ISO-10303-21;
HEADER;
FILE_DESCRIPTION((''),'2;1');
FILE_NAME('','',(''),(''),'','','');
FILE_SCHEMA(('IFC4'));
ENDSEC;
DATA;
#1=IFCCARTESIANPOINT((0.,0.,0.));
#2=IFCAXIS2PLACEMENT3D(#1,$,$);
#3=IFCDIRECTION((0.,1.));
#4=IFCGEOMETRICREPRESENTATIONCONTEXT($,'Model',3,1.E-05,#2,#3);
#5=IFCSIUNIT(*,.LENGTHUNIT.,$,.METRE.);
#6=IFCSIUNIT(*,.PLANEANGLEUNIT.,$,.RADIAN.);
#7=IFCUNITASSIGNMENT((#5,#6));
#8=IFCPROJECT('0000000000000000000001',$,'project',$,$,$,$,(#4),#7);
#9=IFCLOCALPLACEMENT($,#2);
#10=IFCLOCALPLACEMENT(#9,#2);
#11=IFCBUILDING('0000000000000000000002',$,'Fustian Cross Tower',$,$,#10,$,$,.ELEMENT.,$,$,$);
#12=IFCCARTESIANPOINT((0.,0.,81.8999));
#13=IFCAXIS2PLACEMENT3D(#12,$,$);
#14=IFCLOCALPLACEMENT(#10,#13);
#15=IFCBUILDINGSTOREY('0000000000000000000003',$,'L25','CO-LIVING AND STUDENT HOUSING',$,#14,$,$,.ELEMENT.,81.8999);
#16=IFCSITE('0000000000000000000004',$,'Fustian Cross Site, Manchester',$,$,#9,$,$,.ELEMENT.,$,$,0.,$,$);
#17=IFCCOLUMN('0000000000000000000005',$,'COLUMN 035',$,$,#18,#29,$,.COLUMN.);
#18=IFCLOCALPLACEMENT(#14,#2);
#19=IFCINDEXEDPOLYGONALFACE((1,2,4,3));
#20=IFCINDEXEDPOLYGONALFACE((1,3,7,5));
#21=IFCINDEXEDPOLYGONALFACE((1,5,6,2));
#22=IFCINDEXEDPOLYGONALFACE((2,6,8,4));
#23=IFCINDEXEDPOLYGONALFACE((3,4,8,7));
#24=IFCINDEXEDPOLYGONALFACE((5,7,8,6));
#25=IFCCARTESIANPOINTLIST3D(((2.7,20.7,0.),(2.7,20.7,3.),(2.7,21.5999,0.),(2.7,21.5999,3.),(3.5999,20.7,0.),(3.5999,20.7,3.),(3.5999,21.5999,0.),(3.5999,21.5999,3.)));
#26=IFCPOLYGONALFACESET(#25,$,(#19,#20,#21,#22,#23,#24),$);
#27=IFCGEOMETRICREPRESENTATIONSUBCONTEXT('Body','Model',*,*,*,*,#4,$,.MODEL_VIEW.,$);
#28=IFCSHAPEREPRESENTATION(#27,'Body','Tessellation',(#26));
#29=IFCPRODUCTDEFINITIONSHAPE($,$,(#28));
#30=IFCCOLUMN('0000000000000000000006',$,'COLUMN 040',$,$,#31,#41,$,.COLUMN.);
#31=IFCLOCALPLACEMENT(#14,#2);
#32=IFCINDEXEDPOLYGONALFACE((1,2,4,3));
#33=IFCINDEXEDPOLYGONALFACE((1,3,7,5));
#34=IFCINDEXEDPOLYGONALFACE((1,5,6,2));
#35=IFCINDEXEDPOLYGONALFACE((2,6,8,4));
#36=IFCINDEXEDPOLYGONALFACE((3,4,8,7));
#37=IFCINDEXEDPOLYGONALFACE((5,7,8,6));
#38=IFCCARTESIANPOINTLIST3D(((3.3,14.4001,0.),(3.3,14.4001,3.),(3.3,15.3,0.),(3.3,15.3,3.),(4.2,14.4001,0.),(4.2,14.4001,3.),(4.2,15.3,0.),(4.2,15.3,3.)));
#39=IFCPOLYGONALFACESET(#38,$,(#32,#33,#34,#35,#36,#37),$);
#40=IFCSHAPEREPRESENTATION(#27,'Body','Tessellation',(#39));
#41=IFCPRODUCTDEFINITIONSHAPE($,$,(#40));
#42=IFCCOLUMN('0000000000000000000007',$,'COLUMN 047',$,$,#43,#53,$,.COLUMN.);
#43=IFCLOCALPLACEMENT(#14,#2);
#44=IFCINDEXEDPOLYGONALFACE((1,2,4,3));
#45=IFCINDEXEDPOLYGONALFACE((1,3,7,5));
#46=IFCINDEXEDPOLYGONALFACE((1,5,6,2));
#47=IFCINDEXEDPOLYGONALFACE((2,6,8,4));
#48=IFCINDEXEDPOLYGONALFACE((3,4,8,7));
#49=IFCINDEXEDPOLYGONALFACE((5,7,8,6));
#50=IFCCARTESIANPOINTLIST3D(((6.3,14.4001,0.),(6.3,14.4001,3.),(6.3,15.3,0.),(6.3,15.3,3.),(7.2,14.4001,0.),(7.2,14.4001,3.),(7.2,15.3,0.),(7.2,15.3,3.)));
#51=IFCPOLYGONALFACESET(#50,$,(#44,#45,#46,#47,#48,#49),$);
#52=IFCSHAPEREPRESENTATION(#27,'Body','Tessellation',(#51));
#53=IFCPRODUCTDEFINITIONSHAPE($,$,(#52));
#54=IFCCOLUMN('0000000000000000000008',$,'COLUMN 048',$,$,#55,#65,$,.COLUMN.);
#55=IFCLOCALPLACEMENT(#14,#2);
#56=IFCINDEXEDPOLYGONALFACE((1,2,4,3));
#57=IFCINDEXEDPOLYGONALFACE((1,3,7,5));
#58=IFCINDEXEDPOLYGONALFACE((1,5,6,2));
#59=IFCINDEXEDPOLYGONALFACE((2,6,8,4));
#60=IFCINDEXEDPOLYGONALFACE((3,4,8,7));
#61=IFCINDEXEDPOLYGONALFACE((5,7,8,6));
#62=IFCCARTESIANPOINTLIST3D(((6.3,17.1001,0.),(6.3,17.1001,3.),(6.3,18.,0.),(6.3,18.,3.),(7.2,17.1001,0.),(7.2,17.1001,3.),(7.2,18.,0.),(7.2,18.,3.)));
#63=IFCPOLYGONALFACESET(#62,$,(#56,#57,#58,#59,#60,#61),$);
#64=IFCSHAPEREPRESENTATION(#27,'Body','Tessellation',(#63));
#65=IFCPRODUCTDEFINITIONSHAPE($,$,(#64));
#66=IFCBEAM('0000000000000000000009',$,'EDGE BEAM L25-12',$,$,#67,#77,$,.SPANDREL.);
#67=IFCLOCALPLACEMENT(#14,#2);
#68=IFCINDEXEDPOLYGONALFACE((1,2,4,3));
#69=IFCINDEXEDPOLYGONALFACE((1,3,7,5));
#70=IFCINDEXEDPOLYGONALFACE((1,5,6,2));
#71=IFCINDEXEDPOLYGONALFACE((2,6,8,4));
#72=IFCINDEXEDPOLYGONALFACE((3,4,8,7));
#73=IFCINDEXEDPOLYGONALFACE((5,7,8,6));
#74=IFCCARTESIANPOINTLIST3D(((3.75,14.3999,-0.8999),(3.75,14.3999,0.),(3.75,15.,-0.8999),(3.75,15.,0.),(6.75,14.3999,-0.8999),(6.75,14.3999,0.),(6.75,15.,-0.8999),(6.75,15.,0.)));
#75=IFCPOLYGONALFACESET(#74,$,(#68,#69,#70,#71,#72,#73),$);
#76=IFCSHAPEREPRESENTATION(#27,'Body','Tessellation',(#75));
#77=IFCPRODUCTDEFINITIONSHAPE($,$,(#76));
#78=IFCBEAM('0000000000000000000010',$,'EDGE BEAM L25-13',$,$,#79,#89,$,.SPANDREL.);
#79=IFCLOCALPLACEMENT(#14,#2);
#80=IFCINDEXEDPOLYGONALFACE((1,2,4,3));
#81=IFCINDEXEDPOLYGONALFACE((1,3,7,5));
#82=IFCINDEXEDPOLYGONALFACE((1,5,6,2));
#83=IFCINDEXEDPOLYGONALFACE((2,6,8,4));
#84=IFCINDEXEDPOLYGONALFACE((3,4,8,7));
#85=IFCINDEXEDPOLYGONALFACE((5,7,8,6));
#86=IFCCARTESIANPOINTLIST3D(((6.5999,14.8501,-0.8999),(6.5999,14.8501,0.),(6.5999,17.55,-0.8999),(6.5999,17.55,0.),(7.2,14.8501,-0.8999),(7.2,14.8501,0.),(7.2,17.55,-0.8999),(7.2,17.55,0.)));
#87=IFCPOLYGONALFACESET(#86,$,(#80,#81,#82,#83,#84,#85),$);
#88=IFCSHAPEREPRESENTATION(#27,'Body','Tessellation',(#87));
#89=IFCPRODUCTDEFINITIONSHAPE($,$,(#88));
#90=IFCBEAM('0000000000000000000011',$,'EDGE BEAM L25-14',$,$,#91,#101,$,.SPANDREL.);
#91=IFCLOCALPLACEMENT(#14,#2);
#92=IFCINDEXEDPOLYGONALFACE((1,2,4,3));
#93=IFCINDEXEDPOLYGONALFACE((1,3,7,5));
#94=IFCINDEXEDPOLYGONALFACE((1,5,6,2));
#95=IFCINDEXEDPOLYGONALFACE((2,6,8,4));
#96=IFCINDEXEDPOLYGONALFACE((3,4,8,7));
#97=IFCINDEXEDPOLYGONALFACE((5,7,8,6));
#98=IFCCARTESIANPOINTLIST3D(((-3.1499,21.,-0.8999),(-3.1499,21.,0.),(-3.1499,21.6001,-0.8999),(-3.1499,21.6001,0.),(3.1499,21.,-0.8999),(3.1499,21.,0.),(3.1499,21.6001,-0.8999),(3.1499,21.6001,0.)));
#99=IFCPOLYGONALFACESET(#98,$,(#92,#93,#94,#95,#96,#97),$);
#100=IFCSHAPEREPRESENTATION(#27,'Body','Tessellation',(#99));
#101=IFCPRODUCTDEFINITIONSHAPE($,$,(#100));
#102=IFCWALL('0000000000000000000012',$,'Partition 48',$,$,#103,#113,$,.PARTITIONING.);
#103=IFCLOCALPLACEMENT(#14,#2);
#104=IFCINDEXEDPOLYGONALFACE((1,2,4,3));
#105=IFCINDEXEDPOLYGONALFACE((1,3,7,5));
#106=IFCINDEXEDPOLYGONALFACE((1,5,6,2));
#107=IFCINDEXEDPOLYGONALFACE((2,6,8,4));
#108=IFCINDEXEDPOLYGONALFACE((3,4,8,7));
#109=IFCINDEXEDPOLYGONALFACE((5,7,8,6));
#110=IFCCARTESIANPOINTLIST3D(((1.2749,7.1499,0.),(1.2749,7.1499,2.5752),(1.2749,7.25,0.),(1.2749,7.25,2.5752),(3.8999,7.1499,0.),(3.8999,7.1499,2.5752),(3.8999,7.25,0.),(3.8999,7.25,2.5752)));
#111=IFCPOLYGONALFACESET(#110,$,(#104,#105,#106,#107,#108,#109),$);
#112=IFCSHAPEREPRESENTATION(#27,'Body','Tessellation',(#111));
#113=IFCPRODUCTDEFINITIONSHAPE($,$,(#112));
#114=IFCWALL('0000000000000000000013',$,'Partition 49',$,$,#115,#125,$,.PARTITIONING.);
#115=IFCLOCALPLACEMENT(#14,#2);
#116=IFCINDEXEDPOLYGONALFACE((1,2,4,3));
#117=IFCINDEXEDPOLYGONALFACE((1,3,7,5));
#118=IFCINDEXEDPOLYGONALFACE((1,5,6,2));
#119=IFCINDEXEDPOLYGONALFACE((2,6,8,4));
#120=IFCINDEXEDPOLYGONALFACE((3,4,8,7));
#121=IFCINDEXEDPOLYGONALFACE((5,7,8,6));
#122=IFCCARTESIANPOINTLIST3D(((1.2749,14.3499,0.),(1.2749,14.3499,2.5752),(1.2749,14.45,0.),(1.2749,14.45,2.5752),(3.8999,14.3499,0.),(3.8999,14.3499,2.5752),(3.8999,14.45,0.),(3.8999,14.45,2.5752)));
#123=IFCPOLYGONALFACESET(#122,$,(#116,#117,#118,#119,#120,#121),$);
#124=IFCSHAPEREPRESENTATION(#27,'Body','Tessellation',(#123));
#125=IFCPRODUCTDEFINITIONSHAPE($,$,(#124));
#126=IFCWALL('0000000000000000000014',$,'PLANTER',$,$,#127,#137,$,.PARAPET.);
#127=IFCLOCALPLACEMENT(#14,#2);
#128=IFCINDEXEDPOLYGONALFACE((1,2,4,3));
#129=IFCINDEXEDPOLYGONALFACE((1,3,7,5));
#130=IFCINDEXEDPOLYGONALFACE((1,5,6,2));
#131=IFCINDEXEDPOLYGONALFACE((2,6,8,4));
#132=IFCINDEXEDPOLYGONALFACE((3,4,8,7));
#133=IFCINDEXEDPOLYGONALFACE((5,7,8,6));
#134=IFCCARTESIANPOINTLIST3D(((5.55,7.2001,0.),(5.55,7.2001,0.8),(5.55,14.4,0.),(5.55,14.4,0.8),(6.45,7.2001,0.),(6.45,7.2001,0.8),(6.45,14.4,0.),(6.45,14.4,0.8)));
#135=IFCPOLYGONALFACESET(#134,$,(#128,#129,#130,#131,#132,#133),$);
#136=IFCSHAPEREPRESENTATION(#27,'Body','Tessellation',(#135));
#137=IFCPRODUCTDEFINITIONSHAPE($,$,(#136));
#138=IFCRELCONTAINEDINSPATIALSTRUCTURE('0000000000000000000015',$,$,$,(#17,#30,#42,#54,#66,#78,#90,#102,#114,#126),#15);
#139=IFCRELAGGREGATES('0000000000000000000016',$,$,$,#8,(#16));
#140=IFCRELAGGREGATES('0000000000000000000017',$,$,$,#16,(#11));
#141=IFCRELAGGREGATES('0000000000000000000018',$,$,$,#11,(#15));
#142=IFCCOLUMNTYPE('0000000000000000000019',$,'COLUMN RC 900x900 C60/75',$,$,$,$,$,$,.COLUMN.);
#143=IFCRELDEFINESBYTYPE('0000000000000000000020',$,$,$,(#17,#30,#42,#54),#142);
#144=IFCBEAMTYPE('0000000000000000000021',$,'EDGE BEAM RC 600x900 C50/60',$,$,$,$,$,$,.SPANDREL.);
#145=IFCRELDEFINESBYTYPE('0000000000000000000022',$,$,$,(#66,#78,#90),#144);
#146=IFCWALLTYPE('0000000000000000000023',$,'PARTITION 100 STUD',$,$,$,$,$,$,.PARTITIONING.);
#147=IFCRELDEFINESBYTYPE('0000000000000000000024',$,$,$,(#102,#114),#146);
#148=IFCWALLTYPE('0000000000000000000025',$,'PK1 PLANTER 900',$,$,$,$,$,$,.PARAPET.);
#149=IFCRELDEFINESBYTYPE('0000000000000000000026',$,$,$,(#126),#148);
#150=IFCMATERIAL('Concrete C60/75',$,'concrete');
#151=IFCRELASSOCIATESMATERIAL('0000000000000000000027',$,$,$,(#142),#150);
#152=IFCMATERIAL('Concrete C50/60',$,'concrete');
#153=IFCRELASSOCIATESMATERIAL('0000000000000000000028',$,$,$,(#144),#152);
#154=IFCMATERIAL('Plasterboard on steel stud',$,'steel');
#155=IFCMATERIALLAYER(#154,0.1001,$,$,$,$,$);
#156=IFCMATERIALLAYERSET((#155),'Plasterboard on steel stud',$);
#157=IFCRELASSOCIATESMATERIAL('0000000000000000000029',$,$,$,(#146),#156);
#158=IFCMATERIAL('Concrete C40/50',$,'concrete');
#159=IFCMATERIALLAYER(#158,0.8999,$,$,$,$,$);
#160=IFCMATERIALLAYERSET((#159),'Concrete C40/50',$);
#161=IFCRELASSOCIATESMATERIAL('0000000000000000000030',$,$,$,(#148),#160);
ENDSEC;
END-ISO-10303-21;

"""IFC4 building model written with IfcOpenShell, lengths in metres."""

from ifc_helpers import new_model, si_unit, direction, frame, frame_2d, origin, origin_2d, place, context, subcontext, project, spatial, rectangle, extrude, material, layer, layer_set, material_profile, profile_set, type_object, element, save


model = new_model("IFC4")

# Units and contexts
model_context = context("Model", 3, precision=1e-05, world=origin(), true_north=direction((0.0, 1.0)))
body_context = subcontext(model_context, "Body", "Model", "MODEL_VIEW")
ifc_project = project(units=[si_unit("LENGTHUNIT", "METRE"), si_unit("PLANEANGLEUNIT", "RADIAN")], contexts=[model_context])

# Site, building, storey
site_placement = place(None, origin())
site = spatial("IfcSite", under=ifc_project, at=site_placement, Name="Fustian Cross Site, Manchester", CompositionType="ELEMENT", RefElevation=0.0)
building_placement = place(site_placement, origin())
building = spatial("IfcBuilding", under=site, at=building_placement, Name="Fustian Cross Tower", CompositionType="ELEMENT")
storey_placement = place(building_placement, frame((0.0, 0.0, 81.8999)))
storey = spatial("IfcBuildingStorey", under=building, at=storey_placement, Name="L25", Description="CO-LIVING AND STUDENT HOUSING", CompositionType="ELEMENT", Elevation=81.8999)

# Columns
ifc_material_1 = material(Name="Concrete C60/75", Category="concrete")
ifc_material_profile_1 = material_profile(ifc_material_1, rectangle(XDim=0.8999, YDim=0.8999, at=origin_2d()), Name="RC 900x900")
ifc_profile_set_1 = profile_set([ifc_material_profile_1], Name="Concrete C60/75")
column_type = type_object("IfcColumnType", Name="COLUMN RC 900x900 C60/75", PredefinedType="COLUMN", material=ifc_profile_set_1)
for number, where, z_axis, x_axis, name in (
    (1, (3.1499, 21.1499, 0.0), (0.0, 0.0, 1.0), (1.0, 0.0, 0.0), "COLUMN 035"),
    (2, (3.75, 14.8501, 0.0), (0.0, 0.0, 1.0), (1.0, 0.0, 0.0), "COLUMN 040"),
    (3, (6.75, 14.8501, 0.0), (0.0, 0.0, 1.0), (1.0, 0.0, 0.0), "COLUMN 047"),
    (4, (6.75, 17.55, 0.0), (0.0, 0.0, 1.0), (1.0, 0.0, 0.0), "COLUMN 048"),
):
    element("IfcColumn", number, at=place(storey_placement, frame(where, z_axis=z_axis, x_axis=x_axis)), inside=storey, type_object=column_type, Name=name, PredefinedType="COLUMN", context=body_context, shape_type="SweptSolid", body=[
        extrude(rectangle(XDim=0.8999, YDim=0.8999, at=origin_2d()), origin(), (0.0, 0.0, 1.0), 3.0),
    ])

# Beams
ifc_material_2 = material(Name="Concrete C50/60", Category="concrete")
ifc_material_profile_2 = material_profile(ifc_material_2, rectangle(XDim=0.6001, YDim=0.8999, at=origin_2d()), Name="RC 600x900")
ifc_profile_set_2 = profile_set([ifc_material_profile_2], Name="Concrete C50/60")
beam_type = type_object("IfcBeamType", Name="EDGE BEAM RC 600x900 C50/60", PredefinedType="SPANDREL", material=ifc_profile_set_2)
beam_1_placement = place(storey_placement, frame((3.75, 14.7, -0.45), z_axis=(1.0, 0.0, 0.0), x_axis=(0.0, 1.0, 0.0)))
element("IfcBeam", 5, at=beam_1_placement, inside=storey, type_object=beam_type, Name="EDGE BEAM L25-12", PredefinedType="SPANDREL", context=body_context, shape_type="SweptSolid", body=[
    extrude(rectangle(XDim=0.6001, YDim=0.8999, at=origin_2d()), origin(), (0.0, 0.0, 1.0), 3.0),
])
beam_2_placement = place(storey_placement, frame((6.8999, 14.8501, -0.45), z_axis=(0.0, 1.0, 0.0), x_axis=(-1.0, 0.0, 0.0)))
element("IfcBeam", 6, at=beam_2_placement, inside=storey, type_object=beam_type, Name="EDGE BEAM L25-13", PredefinedType="SPANDREL", context=body_context, shape_type="SweptSolid", body=[
    extrude(rectangle(XDim=0.6001, YDim=0.8999, at=origin_2d()), origin(), (0.0, 0.0, 1.0), 2.7),
])
beam_3_placement = place(storey_placement, frame((3.1499, 21.3, -0.45), z_axis=(-1.0, 0.0, 0.0), x_axis=(0.0, -1.0, 0.0)))
element("IfcBeam", 7, at=beam_3_placement, inside=storey, type_object=beam_type, Name="EDGE BEAM L25-14", PredefinedType="SPANDREL", context=body_context, shape_type="SweptSolid", body=[
    extrude(rectangle(XDim=0.6001, YDim=0.8999, at=origin_2d()), origin(), (0.0, 0.0, 1.0), 6.2998),
])

# Walls
ifc_material_3 = material(Name="Plasterboard on steel stud", Category="steel")
ifc_layer_1 = layer(ifc_material_3, 0.1001)
ifc_layer_set_1 = layer_set([ifc_layer_1], Name="Plasterboard on steel stud")
wall_type_1 = type_object("IfcWallType", Name="PARTITION 100 STUD", PredefinedType="PARTITIONING", material=ifc_layer_set_1)
for number, where, z_axis, x_axis, name in (
    (8, (1.2749, 7.2, 0.0), (0.0, 0.0, 1.0), (1.0, 0.0, 0.0), "Partition 48"),
    (9, (1.2749, 14.3999, 0.0), (0.0, 0.0, 1.0), (1.0, 0.0, 0.0), "Partition 49"),
):
    element("IfcWall", number, at=place(storey_placement, frame(where, z_axis=z_axis, x_axis=x_axis)), inside=storey, type_object=wall_type_1, Name=name, PredefinedType="PARTITIONING", context=body_context, shape_type="SweptSolid", body=[
        extrude(rectangle(XDim=2.625, YDim=0.1001, at=frame_2d((1.3125, 0.0))), origin(), (0.0, 0.0, 1.0), 2.5752),
    ])
ifc_material_4 = material(Name="Concrete C40/50", Category="concrete")
ifc_layer_2 = layer(ifc_material_4, 0.8999)
ifc_layer_set_2 = layer_set([ifc_layer_2], Name="Concrete C40/50")
wall_type_2 = type_object("IfcWallType", Name="PK1 PLANTER 900", PredefinedType="PARAPET", material=ifc_layer_set_2)
wall_1_placement = place(storey_placement, frame((6.0, 7.2, 0.0), z_axis=(0.0, 0.0, 1.0), x_axis=(0.0, 1.0, 0.0)))
element("IfcWall", 10, at=wall_1_placement, inside=storey, type_object=wall_type_2, Name="PLANTER", PredefinedType="PARAPET", context=body_context, shape_type="SweptSolid", body=[
    extrude(rectangle(XDim=7.2, YDim=0.8999, at=frame_2d((3.6001, 0.0))), origin(), (0.0, 0.0, 1.0), 0.8),
])

save(model, "model.ifc")
